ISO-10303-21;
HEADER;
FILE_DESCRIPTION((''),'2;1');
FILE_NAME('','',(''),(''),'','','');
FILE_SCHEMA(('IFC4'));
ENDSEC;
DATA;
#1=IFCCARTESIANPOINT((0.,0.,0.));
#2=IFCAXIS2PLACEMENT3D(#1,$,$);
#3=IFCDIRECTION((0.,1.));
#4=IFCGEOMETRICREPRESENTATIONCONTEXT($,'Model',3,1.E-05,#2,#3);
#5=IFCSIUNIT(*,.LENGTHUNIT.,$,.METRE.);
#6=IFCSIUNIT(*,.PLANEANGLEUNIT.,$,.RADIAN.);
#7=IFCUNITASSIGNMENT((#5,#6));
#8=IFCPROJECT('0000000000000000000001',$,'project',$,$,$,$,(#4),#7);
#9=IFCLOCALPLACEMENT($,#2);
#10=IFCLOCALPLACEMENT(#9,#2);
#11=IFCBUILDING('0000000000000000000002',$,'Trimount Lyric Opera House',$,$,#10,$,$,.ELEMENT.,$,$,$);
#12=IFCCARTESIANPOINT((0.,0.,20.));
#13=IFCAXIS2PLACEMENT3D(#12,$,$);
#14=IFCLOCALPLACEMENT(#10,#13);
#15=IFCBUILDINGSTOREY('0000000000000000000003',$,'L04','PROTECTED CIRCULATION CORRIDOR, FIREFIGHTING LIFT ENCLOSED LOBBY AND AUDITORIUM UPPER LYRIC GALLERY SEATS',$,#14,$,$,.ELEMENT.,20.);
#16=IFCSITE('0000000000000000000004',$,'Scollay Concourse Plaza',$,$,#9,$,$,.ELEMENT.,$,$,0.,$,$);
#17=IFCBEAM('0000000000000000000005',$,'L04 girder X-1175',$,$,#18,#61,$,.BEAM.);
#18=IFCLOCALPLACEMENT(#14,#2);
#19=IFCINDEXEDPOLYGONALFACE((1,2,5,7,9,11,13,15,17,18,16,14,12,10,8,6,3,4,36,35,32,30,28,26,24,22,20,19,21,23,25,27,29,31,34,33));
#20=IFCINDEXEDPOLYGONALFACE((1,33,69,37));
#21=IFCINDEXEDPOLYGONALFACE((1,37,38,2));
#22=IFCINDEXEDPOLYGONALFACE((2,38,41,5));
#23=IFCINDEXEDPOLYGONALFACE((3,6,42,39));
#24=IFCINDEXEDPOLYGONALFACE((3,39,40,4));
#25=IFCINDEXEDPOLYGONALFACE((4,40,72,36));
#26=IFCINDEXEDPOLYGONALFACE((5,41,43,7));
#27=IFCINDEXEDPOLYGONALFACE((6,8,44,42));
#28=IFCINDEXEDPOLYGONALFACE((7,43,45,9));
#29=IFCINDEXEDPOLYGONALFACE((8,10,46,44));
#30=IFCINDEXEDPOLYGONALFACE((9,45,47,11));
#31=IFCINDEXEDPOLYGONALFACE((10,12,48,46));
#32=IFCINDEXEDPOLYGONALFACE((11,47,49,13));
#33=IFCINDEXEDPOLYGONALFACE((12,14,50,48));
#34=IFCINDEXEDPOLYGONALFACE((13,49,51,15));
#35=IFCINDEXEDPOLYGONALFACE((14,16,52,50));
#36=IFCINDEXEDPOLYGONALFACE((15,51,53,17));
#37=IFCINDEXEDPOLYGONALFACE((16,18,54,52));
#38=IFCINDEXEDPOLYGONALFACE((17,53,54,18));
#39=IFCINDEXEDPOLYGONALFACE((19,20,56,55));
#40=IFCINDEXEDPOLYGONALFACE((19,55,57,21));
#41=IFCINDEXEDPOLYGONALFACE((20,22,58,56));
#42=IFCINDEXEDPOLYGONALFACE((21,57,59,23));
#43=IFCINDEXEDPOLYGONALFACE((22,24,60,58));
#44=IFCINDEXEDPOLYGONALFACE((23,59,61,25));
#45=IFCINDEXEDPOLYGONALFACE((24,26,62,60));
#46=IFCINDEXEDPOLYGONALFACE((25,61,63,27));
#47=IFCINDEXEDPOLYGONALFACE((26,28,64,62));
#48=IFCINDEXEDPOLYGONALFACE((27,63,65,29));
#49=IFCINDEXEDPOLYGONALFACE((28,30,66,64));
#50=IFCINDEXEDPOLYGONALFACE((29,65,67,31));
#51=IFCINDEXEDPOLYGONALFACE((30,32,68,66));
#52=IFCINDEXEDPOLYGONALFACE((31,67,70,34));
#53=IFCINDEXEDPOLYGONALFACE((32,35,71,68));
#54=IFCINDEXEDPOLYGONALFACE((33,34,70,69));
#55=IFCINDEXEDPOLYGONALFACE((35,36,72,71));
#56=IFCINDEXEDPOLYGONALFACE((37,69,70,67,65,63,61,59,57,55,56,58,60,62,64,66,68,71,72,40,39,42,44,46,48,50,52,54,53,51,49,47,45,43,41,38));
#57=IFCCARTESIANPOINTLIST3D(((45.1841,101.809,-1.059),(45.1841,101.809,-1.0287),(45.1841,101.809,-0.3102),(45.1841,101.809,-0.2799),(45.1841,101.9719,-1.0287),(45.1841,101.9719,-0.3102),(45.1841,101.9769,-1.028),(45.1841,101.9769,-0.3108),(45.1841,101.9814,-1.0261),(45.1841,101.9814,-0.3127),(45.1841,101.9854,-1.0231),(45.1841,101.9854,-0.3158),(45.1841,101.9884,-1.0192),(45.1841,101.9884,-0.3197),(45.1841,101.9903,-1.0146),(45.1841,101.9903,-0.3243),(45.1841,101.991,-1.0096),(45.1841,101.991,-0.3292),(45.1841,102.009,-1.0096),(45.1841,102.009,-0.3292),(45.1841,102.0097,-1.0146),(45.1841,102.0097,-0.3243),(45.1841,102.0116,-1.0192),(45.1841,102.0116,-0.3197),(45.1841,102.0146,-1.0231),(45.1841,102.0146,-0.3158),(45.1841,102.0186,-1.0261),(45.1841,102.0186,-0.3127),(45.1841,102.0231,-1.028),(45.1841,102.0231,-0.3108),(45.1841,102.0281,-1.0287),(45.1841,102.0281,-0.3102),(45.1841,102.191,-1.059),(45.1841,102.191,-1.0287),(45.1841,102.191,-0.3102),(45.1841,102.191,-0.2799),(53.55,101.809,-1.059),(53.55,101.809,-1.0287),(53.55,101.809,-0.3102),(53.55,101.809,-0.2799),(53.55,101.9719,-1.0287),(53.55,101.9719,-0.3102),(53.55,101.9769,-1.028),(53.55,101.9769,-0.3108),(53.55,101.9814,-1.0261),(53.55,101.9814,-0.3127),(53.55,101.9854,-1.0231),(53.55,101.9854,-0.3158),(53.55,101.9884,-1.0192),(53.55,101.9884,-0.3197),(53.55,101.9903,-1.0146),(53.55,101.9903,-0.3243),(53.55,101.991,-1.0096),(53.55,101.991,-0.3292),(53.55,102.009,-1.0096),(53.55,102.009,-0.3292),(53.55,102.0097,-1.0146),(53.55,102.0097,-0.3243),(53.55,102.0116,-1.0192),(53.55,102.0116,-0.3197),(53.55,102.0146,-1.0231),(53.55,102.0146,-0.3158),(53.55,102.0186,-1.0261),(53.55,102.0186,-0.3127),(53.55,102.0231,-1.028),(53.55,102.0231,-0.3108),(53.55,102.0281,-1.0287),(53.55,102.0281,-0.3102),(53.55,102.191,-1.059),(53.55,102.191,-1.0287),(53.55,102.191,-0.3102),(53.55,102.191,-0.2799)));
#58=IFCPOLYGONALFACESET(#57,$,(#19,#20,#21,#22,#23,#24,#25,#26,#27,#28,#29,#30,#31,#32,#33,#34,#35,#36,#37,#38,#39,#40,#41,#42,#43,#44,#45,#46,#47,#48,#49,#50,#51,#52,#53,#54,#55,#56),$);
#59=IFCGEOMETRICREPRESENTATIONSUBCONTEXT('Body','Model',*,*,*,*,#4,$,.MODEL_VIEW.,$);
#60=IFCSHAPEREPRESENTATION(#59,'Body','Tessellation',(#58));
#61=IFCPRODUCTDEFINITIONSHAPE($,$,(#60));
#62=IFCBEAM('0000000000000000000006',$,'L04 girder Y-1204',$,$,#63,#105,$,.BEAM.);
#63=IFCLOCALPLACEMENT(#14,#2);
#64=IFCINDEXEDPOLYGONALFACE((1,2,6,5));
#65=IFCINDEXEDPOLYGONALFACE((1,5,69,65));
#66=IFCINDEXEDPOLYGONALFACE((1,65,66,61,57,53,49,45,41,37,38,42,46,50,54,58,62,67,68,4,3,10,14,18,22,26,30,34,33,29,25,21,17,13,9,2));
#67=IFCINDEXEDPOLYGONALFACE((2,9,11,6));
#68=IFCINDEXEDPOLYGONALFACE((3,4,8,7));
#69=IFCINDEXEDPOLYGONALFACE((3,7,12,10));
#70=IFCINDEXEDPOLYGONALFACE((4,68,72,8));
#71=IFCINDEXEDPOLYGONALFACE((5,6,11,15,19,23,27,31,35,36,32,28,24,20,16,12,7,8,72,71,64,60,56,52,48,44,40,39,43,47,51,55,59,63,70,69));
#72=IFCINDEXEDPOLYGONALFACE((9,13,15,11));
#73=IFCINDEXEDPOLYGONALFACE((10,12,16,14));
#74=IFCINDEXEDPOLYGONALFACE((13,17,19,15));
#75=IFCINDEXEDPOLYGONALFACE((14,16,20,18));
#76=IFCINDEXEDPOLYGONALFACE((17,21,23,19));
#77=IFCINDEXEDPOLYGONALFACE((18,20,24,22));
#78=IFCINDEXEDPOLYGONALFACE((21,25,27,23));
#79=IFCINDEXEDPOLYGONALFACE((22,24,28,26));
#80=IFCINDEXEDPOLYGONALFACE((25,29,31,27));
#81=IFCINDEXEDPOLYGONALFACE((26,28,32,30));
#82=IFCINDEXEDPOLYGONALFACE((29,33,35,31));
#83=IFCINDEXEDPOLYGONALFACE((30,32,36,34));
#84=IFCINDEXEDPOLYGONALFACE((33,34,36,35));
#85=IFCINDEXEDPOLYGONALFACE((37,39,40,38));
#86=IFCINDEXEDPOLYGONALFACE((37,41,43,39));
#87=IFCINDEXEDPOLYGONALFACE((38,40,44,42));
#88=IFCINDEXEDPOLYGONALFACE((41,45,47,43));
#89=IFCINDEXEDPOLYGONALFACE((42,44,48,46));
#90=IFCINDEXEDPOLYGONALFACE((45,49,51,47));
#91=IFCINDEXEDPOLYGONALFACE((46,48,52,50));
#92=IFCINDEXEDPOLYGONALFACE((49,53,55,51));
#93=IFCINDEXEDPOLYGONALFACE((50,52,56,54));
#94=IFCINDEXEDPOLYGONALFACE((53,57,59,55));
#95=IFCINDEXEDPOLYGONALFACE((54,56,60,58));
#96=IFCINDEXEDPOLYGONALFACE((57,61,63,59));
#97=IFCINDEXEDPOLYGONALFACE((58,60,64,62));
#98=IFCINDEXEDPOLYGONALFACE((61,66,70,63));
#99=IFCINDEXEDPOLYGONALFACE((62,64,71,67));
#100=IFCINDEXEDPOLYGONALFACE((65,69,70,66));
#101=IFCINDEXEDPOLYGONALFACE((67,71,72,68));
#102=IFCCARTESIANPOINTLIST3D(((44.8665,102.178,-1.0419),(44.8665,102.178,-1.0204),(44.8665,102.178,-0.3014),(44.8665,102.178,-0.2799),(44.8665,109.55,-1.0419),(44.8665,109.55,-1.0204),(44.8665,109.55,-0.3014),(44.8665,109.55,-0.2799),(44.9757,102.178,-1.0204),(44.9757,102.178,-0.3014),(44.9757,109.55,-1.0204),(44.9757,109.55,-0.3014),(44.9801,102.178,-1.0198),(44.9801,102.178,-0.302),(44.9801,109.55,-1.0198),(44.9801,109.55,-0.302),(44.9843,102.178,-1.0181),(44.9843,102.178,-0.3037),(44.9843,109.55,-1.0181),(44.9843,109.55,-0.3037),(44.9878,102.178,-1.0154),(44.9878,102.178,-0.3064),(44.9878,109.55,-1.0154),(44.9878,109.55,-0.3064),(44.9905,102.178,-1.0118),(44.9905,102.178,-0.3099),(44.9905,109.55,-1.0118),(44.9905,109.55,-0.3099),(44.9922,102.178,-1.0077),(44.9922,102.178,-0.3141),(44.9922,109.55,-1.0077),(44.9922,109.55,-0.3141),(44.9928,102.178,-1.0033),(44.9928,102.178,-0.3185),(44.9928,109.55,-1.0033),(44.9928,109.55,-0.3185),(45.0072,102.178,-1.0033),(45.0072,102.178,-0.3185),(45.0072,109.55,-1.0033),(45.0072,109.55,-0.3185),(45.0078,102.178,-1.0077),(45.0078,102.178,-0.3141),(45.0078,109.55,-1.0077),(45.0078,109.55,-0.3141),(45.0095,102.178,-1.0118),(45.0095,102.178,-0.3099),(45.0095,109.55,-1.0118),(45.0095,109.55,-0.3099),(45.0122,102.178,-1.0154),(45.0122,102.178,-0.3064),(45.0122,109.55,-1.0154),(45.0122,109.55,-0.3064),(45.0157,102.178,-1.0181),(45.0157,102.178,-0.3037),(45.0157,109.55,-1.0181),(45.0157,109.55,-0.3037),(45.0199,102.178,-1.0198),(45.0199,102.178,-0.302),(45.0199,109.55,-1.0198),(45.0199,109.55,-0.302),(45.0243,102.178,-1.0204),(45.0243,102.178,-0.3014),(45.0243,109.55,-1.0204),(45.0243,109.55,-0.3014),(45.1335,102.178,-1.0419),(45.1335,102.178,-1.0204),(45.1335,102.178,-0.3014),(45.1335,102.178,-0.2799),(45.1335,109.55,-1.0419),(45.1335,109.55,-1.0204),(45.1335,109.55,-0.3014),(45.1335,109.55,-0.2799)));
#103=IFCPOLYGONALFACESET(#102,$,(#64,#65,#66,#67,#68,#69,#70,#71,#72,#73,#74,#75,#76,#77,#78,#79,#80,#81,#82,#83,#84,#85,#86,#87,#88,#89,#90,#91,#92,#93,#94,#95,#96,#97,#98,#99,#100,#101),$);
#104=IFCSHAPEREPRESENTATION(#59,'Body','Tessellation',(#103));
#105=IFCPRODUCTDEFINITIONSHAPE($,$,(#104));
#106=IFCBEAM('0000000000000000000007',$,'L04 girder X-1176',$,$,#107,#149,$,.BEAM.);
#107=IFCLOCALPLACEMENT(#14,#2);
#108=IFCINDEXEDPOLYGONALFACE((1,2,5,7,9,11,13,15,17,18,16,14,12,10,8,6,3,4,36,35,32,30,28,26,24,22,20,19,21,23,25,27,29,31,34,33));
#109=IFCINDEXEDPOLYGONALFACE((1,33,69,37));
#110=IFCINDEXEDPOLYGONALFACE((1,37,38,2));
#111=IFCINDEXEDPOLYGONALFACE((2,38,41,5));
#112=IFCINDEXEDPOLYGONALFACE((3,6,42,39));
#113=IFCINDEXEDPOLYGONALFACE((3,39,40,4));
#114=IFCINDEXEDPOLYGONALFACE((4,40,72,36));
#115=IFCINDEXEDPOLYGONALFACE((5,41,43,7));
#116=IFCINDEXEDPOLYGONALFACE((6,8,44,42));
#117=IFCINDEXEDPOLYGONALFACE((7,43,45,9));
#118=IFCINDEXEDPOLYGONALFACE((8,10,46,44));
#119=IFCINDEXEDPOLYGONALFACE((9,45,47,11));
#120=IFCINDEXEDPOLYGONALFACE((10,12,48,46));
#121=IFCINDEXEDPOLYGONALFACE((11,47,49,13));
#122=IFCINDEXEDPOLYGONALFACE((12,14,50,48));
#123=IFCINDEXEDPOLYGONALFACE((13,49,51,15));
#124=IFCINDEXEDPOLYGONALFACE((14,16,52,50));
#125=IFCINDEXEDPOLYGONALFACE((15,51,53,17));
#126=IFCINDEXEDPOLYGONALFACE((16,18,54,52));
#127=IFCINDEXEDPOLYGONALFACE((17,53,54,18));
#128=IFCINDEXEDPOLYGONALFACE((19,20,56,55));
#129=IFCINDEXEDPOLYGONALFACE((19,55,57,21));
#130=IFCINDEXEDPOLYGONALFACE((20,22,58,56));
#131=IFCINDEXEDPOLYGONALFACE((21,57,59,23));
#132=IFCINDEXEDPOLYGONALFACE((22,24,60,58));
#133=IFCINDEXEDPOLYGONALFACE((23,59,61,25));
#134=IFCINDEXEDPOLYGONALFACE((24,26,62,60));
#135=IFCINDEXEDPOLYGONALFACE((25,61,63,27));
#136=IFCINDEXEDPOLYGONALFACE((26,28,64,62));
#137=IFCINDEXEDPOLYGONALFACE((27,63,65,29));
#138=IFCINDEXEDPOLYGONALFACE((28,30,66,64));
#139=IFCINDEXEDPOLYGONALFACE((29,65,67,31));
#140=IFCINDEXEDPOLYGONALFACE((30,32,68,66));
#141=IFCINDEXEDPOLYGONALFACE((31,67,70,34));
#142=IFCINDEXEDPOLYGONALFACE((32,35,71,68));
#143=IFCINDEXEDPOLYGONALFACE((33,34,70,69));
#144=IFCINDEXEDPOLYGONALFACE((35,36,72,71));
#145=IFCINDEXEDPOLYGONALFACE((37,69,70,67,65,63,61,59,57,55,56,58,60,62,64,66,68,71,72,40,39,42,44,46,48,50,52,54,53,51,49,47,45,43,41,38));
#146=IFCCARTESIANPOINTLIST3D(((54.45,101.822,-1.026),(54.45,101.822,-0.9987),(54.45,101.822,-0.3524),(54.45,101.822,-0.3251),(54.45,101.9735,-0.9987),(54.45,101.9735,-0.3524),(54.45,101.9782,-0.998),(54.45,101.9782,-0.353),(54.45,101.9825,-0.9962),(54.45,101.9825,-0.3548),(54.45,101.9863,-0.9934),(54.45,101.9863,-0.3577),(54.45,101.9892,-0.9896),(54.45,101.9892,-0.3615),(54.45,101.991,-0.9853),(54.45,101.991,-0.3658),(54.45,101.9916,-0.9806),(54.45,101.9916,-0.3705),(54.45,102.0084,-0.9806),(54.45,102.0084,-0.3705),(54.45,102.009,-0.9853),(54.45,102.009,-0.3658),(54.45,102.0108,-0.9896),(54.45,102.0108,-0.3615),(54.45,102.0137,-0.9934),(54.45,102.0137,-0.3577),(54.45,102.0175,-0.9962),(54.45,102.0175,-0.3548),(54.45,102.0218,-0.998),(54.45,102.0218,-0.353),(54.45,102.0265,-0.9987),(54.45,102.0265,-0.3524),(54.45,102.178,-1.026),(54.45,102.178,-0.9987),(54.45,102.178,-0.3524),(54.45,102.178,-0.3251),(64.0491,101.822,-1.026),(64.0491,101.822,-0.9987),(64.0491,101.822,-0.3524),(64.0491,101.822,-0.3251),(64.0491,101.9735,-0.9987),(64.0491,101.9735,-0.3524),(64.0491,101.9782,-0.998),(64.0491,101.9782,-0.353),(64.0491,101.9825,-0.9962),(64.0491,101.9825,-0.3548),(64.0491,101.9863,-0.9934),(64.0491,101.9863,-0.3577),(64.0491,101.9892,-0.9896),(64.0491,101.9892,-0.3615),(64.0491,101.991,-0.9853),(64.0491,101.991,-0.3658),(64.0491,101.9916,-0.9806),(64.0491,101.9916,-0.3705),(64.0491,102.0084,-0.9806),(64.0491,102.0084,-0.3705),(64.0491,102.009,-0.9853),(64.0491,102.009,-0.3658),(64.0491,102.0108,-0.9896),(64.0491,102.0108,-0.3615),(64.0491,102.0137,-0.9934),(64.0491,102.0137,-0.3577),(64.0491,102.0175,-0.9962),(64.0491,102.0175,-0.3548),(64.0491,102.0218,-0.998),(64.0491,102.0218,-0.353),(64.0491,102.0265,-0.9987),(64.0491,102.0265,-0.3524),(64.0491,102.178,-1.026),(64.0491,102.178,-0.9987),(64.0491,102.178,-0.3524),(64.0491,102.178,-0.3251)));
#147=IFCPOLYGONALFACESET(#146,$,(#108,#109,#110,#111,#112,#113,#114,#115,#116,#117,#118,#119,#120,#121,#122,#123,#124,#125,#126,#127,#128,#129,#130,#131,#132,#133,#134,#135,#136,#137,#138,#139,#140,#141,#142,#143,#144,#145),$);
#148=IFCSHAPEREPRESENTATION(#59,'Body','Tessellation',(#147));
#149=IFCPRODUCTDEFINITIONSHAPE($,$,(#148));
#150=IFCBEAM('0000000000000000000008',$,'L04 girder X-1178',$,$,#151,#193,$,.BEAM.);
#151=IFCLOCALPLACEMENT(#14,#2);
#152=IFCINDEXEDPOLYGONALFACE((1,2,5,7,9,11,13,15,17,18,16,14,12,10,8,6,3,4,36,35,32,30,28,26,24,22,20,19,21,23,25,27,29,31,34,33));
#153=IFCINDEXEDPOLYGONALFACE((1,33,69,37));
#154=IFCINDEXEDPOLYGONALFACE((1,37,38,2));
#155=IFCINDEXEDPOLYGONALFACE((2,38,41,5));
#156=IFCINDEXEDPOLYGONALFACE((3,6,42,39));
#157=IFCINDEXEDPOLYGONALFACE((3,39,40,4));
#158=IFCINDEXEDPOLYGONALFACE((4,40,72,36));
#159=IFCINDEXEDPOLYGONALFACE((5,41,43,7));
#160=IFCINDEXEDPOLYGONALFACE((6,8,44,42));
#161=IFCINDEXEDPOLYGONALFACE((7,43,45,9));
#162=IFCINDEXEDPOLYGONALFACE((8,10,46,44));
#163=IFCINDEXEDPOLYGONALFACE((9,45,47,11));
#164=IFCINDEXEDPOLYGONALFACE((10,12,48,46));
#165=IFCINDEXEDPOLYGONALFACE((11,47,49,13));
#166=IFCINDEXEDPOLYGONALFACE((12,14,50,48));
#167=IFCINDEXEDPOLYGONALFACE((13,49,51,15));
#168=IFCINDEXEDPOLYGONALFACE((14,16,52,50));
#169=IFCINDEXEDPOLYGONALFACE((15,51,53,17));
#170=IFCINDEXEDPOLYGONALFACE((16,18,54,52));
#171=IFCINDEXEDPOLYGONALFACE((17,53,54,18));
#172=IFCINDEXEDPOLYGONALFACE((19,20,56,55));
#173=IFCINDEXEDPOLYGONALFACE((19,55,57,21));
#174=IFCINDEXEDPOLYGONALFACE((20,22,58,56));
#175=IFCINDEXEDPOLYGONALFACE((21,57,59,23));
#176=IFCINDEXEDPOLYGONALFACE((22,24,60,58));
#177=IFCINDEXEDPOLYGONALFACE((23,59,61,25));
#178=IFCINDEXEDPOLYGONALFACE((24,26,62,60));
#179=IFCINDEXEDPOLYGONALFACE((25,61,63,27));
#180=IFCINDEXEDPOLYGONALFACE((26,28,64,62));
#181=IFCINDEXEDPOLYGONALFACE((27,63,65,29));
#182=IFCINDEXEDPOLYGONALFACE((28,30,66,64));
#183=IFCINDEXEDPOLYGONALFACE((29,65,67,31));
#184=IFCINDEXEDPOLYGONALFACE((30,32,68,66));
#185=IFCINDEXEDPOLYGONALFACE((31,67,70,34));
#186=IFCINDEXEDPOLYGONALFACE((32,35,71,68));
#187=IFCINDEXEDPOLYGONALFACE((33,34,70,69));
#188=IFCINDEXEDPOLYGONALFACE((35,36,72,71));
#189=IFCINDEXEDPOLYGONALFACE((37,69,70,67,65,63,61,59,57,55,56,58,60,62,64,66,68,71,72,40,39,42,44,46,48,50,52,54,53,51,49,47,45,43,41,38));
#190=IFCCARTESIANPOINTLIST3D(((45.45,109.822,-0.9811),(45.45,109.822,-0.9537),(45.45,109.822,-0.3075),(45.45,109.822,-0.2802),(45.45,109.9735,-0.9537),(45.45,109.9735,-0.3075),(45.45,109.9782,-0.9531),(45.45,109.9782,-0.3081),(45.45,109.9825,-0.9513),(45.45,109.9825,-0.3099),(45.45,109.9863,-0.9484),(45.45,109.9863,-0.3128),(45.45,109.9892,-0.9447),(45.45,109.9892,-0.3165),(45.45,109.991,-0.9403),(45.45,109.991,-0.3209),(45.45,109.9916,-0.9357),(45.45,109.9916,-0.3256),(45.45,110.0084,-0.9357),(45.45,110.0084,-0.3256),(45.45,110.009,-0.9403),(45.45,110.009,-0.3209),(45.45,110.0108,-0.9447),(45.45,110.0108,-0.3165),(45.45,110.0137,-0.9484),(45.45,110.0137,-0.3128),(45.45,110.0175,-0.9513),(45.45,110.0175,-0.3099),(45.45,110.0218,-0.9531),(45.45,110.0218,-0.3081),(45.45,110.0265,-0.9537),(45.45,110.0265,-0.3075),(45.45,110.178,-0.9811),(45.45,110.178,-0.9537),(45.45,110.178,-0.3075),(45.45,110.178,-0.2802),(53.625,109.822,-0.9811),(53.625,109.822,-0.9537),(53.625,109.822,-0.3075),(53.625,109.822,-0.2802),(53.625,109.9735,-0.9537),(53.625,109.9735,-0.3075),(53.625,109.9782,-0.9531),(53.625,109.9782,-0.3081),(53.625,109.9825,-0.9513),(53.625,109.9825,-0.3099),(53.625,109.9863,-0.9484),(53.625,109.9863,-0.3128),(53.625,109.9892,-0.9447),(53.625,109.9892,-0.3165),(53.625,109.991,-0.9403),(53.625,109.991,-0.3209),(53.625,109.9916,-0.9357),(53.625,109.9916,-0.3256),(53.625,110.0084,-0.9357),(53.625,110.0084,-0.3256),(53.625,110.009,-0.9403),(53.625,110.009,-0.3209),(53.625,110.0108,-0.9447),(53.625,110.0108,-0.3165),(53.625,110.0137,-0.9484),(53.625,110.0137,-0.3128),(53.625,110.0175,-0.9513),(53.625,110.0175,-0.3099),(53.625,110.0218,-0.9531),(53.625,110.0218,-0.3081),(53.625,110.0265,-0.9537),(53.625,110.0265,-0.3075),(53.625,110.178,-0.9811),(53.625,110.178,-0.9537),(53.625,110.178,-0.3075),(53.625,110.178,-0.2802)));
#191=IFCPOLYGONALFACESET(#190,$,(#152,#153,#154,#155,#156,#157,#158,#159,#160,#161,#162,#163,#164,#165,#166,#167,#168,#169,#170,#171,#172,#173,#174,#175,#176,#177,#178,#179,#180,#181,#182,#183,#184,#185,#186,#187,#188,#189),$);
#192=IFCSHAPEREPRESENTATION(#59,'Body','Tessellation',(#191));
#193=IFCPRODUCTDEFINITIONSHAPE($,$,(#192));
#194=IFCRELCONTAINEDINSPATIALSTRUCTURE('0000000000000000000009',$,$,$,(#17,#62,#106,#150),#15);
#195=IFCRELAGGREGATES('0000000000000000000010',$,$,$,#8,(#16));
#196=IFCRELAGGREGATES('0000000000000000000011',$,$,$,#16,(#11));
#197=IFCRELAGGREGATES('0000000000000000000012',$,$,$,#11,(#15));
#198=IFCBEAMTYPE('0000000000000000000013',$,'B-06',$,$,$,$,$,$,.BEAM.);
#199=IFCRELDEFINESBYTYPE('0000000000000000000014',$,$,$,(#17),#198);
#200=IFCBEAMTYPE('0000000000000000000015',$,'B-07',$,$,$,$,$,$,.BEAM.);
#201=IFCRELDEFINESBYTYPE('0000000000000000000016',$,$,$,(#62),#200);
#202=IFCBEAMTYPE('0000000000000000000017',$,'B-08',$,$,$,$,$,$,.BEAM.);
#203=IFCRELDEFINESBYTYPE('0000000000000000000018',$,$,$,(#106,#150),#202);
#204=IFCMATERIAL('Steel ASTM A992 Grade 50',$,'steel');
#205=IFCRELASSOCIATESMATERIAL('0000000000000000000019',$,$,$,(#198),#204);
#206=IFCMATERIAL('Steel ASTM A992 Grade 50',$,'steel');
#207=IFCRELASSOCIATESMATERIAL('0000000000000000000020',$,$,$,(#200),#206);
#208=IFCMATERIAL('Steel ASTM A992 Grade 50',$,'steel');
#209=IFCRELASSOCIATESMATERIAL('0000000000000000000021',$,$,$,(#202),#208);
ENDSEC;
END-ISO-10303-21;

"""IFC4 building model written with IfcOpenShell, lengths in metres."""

from ifc_helpers import new_model, si_unit, direction, frame, origin, origin_2d, place, context, subcontext, project, spatial, i_section, extrude, material, material_profile, profile_set, type_object, element, save


model = new_model("IFC4")

# Units and contexts
model_context = context("Model", 3, precision=1e-05, world=origin(), true_north=direction((0.0, 1.0)))
body_context = subcontext(model_context, "Body", "Model", "MODEL_VIEW")
ifc_project = project(units=[si_unit("LENGTHUNIT", "METRE"), si_unit("PLANEANGLEUNIT", "RADIAN")], contexts=[model_context])

# Site, building, storey
site_placement = place(None, origin())
site = spatial("IfcSite", under=ifc_project, at=site_placement, Name="Scollay Concourse Plaza", CompositionType="ELEMENT", RefElevation=0.0)
building_placement = place(site_placement, origin())
building = spatial("IfcBuilding", under=site, at=building_placement, Name="Trimount Lyric Opera House", CompositionType="ELEMENT")
storey_placement = place(building_placement, frame((0.0, 0.0, 20.0)))
storey = spatial("IfcBuildingStorey", under=building, at=storey_placement, Name="L04", Description="PROTECTED CIRCULATION CORRIDOR, FIREFIGHTING LIFT ENCLOSED LOBBY AND AUDITORIUM UPPER LYRIC GALLERY SEATS", CompositionType="ELEMENT", Elevation=20.0)

# Beams
ifc_material_1 = material(Name="Steel ASTM A992 Grade 50", Category="steel")
ifc_material_profile_1 = material_profile(ifc_material_1, i_section(OverallWidth=0.3821, OverallDepth=0.7791, WebThickness=0.0181, FlangeThickness=0.0303, FilletRadius=0.019, at=origin_2d()), Name="W30X191")
ifc_profile_set_1 = profile_set([ifc_material_profile_1], Name="Steel ASTM A992 Grade 50")
beam_type_1 = type_object("IfcBeamType", Name="B-06", PredefinedType="BEAM", material=ifc_profile_set_1)
beam_1_placement = place(storey_placement, frame((45.1841, 102.0, -0.6694), z_axis=(1.0, 0.0, 0.0), x_axis=(0.0, 1.0, 0.0)))
element("IfcBeam", 1, at=beam_1_placement, inside=storey, type_object=beam_type_1, Name="L04 girder X-1175", PredefinedType="BEAM", context=body_context, shape_type="SweptSolid", body=[
    extrude(i_section(OverallWidth=0.3821, OverallDepth=0.7791, WebThickness=0.0181, FlangeThickness=0.0303, FilletRadius=0.019, at=origin_2d()), origin(), (0.0, 0.0, 1.0), 8.366),
])
ifc_material_2 = material(Name="Steel ASTM A992 Grade 50", Category="steel")
ifc_material_profile_2 = material_profile(ifc_material_2, i_section(OverallWidth=0.2671, OverallDepth=0.762, WebThickness=0.0144, FlangeThickness=0.0215, FilletRadius=0.0171, at=origin_2d()), Name="W30X116")
ifc_profile_set_2 = profile_set([ifc_material_profile_2], Name="Steel ASTM A992 Grade 50")
beam_type_2 = type_object("IfcBeamType", Name="B-07", PredefinedType="BEAM", material=ifc_profile_set_2)
beam_2_placement = place(storey_placement, frame((45.0, 102.178, -0.6609), z_axis=(0.0, 1.0, 0.0), x_axis=(-1.0, 0.0, 0.0)))
element("IfcBeam", 2, at=beam_2_placement, inside=storey, type_object=beam_type_2, Name="L04 girder Y-1204", PredefinedType="BEAM", context=body_context, shape_type="SweptSolid", body=[
    extrude(i_section(OverallWidth=0.2671, OverallDepth=0.762, WebThickness=0.0144, FlangeThickness=0.0215, FilletRadius=0.0171, at=origin_2d()), origin(), (0.0, 0.0, 1.0), 7.3721),
])
ifc_material_3 = material(Name="Steel ASTM A992 Grade 50", Category="steel")
ifc_material_profile_3 = material_profile(ifc_material_3, i_section(OverallWidth=0.356, OverallDepth=0.7009, WebThickness=0.0168, FlangeThickness=0.0273, FilletRadius=0.0181, at=origin_2d()), Name="W27X161")
ifc_profile_set_3 = profile_set([ifc_material_profile_3], Name="Steel ASTM A992 Grade 50")
beam_type_3 = type_object("IfcBeamType", Name="B-08", PredefinedType="BEAM", material=ifc_profile_set_3)
beam_3_placement = place(storey_placement, frame((54.45, 102.0, -0.6755), z_axis=(1.0, 0.0, 0.0), x_axis=(0.0, 1.0, 0.0)))
element("IfcBeam", 3, at=beam_3_placement, inside=storey, type_object=beam_type_3, Name="L04 girder X-1176", PredefinedType="BEAM", context=body_context, shape_type="SweptSolid", body=[
    extrude(i_section(OverallWidth=0.356, OverallDepth=0.7009, WebThickness=0.0168, FlangeThickness=0.0273, FilletRadius=0.0181, at=origin_2d()), origin(), (0.0, 0.0, 1.0), 9.5991),
])
beam_4_placement = place(storey_placement, frame((45.45, 110.0, -0.6306), z_axis=(1.0, 0.0, 0.0), x_axis=(0.0, 1.0, 0.0)))
element("IfcBeam", 4, at=beam_4_placement, inside=storey, type_object=beam_type_3, Name="L04 girder X-1178", PredefinedType="BEAM", context=body_context, shape_type="SweptSolid", body=[
    extrude(i_section(OverallWidth=0.356, OverallDepth=0.7009, WebThickness=0.0168, FlangeThickness=0.0273, FilletRadius=0.0181, at=origin_2d()), origin(), (0.0, 0.0, 1.0), 8.175),
])

save(model, "model.ifc")
